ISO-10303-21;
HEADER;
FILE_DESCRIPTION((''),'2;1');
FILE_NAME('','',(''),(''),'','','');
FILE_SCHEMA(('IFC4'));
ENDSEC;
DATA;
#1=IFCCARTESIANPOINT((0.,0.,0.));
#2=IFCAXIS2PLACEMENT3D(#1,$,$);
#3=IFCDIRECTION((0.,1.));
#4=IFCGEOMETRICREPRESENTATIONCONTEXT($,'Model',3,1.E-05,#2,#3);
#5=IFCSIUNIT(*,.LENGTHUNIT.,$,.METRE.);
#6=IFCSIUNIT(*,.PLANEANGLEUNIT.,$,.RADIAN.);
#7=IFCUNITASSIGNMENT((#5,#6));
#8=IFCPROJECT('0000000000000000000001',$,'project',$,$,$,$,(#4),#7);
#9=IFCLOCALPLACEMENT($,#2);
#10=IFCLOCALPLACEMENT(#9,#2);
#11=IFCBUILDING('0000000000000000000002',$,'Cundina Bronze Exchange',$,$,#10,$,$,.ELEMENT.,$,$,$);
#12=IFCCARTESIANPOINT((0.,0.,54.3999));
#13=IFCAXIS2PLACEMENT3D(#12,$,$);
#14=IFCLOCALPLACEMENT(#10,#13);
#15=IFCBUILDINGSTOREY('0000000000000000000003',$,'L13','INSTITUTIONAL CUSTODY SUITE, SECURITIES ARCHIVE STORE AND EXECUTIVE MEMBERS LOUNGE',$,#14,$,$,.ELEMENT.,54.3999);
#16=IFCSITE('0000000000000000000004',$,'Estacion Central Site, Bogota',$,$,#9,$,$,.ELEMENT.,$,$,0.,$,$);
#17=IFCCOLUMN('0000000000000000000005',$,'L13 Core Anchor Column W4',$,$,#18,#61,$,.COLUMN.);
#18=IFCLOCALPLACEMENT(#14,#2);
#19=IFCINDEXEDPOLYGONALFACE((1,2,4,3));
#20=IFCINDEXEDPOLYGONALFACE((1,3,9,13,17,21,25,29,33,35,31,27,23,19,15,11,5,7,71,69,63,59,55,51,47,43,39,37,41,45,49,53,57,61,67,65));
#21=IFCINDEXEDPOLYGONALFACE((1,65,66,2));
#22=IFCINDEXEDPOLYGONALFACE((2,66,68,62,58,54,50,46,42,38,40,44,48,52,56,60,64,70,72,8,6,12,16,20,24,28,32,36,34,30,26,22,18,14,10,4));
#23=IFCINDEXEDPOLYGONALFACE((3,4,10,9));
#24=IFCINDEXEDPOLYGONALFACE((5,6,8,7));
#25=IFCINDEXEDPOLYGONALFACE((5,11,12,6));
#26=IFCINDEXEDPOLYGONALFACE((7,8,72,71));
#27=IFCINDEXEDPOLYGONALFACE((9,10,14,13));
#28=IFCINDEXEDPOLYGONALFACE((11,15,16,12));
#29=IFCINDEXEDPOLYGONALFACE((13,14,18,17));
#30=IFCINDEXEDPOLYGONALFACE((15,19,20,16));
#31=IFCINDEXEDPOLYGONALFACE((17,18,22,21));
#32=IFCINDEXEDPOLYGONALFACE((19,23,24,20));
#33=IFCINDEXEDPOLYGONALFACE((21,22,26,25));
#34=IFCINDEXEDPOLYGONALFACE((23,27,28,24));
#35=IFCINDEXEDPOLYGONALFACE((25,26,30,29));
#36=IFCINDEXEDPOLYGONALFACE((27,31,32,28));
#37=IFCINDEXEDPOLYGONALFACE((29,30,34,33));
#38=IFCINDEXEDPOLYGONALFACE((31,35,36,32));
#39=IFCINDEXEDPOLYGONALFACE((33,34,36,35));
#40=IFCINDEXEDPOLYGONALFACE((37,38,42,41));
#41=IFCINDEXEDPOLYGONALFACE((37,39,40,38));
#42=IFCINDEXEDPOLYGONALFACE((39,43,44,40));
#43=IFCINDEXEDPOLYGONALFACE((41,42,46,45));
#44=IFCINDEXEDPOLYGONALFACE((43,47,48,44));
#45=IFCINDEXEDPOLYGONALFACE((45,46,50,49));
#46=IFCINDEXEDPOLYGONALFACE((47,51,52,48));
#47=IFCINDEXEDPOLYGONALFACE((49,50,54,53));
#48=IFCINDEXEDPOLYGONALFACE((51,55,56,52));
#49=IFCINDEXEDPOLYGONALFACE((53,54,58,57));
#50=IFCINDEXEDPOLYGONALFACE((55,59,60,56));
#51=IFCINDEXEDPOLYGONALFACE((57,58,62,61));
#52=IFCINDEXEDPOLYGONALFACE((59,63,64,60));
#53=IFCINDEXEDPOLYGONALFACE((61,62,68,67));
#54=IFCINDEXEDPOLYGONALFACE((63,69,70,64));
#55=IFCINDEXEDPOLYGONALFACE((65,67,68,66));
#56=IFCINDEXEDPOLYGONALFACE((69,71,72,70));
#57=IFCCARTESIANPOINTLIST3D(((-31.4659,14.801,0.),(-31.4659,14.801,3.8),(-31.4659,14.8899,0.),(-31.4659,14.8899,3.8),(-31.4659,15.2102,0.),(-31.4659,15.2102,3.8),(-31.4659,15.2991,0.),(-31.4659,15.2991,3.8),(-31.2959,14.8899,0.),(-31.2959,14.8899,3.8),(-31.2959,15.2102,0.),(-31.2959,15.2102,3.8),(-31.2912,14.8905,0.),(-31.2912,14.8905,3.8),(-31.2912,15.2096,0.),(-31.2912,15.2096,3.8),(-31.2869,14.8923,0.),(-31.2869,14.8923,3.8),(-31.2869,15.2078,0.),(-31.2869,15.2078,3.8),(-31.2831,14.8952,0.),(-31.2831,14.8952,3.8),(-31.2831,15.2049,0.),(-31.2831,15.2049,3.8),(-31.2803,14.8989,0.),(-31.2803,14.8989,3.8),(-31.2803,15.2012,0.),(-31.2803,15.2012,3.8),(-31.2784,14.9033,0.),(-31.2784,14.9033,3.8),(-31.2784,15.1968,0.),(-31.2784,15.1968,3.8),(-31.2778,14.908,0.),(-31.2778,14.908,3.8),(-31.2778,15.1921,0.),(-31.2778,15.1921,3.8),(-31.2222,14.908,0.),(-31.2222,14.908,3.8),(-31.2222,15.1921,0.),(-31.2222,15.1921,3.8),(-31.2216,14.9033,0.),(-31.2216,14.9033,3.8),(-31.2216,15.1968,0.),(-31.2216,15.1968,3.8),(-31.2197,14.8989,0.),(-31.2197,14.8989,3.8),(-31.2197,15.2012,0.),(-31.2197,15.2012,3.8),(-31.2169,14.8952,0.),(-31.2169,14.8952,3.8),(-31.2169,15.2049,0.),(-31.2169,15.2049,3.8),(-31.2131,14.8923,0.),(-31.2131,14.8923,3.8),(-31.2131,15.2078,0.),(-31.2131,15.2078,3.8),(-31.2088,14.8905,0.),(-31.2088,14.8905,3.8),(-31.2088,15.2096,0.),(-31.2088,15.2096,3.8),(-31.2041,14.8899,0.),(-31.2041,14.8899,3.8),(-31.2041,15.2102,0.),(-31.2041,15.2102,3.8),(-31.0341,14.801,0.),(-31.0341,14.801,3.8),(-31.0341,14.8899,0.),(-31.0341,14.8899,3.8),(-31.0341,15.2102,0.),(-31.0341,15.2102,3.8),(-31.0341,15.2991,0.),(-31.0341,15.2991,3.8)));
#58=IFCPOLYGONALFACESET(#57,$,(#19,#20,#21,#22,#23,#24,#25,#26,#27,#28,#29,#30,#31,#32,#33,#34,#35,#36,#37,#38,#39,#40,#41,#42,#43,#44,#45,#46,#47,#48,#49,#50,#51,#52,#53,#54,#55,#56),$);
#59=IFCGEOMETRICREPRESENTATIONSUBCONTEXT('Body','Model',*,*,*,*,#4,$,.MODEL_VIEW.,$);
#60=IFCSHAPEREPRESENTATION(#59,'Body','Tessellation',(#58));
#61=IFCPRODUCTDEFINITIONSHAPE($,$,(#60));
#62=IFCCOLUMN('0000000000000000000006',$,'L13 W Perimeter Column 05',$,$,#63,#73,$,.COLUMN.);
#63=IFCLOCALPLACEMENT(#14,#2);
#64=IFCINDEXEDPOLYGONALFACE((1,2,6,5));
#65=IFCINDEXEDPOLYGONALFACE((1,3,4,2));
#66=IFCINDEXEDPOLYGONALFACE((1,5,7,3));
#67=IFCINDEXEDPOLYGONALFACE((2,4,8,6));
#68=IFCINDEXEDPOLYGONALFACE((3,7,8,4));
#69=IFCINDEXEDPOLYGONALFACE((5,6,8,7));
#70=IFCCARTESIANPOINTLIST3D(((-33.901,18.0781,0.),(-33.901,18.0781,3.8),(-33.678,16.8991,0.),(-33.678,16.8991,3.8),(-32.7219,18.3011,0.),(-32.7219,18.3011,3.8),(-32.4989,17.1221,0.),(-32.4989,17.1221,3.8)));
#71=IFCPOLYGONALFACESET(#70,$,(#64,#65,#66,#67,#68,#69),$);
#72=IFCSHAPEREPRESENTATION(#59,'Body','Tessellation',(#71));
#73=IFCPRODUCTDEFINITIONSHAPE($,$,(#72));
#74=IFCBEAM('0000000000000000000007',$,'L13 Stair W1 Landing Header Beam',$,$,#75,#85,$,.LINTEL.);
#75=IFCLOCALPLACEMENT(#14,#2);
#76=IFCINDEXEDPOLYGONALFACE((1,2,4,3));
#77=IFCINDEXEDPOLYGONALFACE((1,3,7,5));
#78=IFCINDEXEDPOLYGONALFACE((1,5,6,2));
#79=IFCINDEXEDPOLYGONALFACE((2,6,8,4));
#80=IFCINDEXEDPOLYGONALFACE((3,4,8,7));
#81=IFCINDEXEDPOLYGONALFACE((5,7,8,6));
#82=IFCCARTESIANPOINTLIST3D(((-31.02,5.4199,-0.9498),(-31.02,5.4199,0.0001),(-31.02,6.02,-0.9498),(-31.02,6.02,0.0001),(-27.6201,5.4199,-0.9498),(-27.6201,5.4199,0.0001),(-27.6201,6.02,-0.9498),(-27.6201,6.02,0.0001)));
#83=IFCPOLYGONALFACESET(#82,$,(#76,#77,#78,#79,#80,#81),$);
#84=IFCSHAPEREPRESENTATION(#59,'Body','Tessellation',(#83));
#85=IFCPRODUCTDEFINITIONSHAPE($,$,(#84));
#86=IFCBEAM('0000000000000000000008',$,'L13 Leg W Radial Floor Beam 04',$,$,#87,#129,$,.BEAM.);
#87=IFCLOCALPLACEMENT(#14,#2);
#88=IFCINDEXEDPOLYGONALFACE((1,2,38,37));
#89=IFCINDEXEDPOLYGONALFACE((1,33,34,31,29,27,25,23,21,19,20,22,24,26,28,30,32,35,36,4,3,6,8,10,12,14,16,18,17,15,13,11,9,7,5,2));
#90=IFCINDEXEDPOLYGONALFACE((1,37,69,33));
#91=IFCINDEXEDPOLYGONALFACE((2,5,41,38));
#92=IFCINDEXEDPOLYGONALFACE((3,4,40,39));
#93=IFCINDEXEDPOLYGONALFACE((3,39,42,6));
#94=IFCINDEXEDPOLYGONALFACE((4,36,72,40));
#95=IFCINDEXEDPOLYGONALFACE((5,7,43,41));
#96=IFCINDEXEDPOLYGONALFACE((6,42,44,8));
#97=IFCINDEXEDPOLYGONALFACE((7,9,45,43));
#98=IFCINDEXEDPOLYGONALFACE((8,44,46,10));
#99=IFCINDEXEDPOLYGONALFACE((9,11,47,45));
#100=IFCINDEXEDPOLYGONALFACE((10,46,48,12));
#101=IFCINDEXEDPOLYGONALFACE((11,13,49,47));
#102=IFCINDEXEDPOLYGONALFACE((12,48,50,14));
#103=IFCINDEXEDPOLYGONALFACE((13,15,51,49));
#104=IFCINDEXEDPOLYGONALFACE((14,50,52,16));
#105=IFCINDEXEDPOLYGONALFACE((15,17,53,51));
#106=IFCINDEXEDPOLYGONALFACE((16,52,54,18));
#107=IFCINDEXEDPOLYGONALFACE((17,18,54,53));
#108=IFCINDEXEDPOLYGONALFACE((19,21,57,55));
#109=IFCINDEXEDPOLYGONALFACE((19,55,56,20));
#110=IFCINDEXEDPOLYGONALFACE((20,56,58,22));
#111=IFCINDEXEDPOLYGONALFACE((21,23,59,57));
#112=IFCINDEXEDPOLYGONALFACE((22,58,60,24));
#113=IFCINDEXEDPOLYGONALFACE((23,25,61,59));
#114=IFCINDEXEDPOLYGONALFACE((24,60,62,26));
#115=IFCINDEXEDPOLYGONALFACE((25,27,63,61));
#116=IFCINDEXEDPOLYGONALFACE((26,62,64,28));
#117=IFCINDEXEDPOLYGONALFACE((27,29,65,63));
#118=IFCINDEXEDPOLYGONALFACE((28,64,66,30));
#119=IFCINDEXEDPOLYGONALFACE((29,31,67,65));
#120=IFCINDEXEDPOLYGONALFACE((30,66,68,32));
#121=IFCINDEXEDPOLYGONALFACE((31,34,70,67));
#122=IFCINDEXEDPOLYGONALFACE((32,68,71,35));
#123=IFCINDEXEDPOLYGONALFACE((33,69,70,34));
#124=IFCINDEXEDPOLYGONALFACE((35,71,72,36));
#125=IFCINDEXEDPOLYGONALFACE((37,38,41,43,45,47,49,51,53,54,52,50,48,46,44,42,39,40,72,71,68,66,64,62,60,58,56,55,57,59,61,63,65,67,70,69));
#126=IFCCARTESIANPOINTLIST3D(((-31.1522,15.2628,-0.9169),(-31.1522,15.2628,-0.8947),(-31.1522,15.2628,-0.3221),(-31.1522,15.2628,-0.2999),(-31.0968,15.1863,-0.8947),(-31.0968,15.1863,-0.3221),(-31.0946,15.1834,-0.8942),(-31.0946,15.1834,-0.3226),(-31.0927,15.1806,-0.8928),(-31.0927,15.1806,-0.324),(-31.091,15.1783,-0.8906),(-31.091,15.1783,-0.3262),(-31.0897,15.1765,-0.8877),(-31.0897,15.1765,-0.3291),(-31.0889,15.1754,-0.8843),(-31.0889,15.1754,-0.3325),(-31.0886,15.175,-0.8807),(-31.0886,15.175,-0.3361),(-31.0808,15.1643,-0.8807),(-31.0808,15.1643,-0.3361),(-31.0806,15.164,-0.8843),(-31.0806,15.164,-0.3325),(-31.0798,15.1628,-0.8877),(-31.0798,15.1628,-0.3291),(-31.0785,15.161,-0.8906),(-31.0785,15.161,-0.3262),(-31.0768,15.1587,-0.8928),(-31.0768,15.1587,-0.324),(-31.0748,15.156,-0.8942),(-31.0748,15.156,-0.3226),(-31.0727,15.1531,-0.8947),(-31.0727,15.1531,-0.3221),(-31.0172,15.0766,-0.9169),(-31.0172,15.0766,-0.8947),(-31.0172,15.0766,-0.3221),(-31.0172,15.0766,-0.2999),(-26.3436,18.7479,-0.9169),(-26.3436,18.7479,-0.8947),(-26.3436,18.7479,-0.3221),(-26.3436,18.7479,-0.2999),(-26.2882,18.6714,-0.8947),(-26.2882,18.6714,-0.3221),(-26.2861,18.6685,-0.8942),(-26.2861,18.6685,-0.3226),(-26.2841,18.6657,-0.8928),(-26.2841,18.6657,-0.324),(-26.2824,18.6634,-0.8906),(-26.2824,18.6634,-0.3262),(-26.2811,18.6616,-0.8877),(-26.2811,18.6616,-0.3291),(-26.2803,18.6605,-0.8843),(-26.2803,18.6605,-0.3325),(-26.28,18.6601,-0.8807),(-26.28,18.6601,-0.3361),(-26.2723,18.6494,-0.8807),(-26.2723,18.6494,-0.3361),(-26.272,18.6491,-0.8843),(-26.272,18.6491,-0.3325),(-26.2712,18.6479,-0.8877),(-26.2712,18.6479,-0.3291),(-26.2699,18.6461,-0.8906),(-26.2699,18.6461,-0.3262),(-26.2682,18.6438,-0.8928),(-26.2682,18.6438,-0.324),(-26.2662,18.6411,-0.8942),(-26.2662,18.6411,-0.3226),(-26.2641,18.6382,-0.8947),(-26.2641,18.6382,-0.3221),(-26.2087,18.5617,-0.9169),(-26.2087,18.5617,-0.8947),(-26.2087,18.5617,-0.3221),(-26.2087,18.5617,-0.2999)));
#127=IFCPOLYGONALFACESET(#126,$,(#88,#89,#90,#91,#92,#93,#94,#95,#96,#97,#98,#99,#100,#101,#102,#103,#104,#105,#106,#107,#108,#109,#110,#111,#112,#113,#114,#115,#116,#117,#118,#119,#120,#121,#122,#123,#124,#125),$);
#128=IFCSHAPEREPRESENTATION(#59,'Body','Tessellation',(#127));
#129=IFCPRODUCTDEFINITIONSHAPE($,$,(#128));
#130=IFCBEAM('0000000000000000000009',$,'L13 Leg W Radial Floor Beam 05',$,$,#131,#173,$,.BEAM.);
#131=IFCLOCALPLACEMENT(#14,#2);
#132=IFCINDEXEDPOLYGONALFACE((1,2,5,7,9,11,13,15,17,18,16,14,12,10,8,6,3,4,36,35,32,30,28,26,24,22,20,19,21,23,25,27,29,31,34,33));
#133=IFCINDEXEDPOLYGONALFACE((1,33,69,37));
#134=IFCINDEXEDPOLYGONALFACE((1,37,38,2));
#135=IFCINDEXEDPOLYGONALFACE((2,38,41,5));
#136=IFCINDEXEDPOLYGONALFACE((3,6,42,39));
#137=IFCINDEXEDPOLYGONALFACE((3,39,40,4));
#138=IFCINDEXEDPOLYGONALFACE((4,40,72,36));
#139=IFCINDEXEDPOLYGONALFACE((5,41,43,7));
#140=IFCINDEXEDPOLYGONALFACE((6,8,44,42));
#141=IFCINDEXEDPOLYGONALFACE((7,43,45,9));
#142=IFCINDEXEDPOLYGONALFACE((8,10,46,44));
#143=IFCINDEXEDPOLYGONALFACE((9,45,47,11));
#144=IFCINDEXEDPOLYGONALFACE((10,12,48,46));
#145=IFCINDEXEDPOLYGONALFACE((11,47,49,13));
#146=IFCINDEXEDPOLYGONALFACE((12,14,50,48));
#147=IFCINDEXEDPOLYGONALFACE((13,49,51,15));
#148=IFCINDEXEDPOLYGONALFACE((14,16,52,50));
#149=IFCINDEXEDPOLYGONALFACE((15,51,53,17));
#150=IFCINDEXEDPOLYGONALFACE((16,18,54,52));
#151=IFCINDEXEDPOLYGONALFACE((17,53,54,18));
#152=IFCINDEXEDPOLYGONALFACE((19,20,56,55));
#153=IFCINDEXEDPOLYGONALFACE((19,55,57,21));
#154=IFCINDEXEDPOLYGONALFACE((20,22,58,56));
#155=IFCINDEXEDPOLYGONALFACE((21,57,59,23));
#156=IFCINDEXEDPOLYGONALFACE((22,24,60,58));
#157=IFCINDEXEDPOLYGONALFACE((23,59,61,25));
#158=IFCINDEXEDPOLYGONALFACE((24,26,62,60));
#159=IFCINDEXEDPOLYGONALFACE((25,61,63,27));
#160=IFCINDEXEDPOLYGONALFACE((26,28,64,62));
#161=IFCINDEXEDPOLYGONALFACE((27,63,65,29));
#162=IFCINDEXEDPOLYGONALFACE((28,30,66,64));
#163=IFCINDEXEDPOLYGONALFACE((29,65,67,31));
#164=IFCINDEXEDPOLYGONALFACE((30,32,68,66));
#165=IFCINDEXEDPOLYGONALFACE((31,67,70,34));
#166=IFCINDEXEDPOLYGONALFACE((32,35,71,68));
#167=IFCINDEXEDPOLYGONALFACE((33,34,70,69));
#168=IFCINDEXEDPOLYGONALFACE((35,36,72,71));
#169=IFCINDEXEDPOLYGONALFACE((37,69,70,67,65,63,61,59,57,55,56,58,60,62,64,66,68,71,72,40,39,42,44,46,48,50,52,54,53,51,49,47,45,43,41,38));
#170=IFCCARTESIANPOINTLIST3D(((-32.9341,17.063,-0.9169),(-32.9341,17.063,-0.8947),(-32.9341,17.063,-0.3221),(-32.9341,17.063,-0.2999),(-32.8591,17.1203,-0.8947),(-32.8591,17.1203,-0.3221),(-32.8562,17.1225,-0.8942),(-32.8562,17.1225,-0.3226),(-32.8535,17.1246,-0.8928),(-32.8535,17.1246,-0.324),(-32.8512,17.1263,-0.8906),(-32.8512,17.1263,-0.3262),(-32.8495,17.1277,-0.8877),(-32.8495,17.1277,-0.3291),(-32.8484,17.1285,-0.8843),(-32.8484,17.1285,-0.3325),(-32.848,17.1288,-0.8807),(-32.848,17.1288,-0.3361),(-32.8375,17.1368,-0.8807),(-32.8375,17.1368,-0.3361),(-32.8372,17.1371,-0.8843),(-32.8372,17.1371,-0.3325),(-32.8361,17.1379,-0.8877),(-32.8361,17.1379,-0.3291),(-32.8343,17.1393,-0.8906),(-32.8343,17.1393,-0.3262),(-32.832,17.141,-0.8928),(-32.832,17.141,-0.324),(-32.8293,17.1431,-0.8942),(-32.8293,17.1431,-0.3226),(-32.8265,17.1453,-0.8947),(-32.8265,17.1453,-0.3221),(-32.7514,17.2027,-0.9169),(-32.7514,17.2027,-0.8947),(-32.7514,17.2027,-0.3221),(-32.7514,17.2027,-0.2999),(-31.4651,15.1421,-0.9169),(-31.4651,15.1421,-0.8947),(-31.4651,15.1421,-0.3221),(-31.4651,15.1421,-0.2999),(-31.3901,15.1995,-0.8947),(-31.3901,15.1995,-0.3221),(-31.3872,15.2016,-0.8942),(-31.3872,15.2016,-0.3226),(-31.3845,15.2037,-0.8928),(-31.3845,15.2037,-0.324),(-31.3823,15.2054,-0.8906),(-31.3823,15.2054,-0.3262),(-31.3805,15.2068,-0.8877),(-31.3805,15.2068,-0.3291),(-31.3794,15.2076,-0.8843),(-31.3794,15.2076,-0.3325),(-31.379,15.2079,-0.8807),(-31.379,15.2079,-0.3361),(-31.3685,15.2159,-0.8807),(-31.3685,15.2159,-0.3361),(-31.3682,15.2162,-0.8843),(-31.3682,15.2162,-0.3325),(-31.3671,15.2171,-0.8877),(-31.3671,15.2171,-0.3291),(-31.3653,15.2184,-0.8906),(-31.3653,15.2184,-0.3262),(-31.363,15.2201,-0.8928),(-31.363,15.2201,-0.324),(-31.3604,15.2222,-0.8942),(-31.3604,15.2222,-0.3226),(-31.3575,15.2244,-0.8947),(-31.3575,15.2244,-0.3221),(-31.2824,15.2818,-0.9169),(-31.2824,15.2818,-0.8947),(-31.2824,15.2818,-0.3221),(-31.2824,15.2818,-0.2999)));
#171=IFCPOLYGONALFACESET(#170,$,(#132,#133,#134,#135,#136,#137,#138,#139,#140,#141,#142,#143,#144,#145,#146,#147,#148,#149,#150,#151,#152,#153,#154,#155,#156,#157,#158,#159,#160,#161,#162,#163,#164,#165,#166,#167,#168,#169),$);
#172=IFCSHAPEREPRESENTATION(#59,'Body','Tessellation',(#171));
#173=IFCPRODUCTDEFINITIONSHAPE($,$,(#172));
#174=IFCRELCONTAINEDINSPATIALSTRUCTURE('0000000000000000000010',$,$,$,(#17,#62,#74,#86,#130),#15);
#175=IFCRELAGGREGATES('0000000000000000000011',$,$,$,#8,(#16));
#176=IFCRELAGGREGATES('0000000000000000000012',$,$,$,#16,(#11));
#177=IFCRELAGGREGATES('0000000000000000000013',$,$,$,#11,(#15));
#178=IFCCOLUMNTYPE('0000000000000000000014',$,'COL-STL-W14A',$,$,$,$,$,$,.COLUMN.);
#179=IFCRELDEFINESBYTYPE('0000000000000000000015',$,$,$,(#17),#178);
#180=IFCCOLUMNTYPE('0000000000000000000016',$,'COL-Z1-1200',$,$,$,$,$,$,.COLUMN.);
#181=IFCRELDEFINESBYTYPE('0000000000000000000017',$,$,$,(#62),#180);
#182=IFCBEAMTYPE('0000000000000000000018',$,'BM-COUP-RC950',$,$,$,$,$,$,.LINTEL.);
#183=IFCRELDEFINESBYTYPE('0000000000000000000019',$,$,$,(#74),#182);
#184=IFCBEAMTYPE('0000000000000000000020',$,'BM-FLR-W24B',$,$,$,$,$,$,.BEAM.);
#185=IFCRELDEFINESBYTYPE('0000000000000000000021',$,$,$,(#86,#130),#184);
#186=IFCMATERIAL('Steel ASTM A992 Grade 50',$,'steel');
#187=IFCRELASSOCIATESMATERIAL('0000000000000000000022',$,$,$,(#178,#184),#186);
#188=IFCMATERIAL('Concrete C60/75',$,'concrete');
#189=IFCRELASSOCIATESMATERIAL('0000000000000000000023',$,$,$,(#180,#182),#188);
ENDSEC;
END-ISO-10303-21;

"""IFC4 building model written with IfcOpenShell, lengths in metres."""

from ifc_helpers import new_model, si_unit, direction, frame, origin, origin_2d, place, context, subcontext, project, spatial, rectangle, i_section, extrude, material, material_profile, profile_set, type_object, element, save


model = new_model("IFC4")

# Units and contexts
model_context = context("Model", 3, precision=1e-05, world=origin(), true_north=direction((0.0, 1.0)))
body_context = subcontext(model_context, "Body", "Model", "MODEL_VIEW")
ifc_project = project(units=[si_unit("LENGTHUNIT", "METRE"), si_unit("PLANEANGLEUNIT", "RADIAN")], contexts=[model_context])

# Site, building, storey
site_placement = place(None, origin())
site = spatial("IfcSite", under=ifc_project, at=site_placement, Name="Estacion Central Site, Bogota", CompositionType="ELEMENT", RefElevation=0.0)
building_placement = place(site_placement, origin())
building = spatial("IfcBuilding", under=site, at=building_placement, Name="Cundina Bronze Exchange", CompositionType="ELEMENT")
storey_placement = place(building_placement, frame((0.0, 0.0, 54.3999)))
storey = spatial("IfcBuildingStorey", under=building, at=storey_placement, Name="L13", Description="INSTITUTIONAL CUSTODY SUITE, SECURITIES ARCHIVE STORE AND EXECUTIVE MEMBERS LOUNGE", CompositionType="ELEMENT", Elevation=54.3999)

# Columns
ifc_material_1 = material(Name="Steel ASTM A992 Grade 50", Category="steel")
ifc_material_profile_1 = material_profile(ifc_material_1, i_section(OverallWidth=0.4319, OverallDepth=0.498, WebThickness=0.0557, FlangeThickness=0.0889, FilletRadius=0.0181, at=origin_2d()), Name="W14X500", Category="steel")
ifc_profile_set_1 = profile_set([ifc_material_profile_1], Name="Steel ASTM A992 Grade 50")
column_type_1 = type_object("IfcColumnType", Name="COL-STL-W14A", PredefinedType="COLUMN", material=ifc_profile_set_1)
column_1_placement = place(storey_placement, frame((-31.25, 15.05, 0.0), z_axis=(0.0, 0.0, 1.0), x_axis=(1.0, 0.0, 0.0)))
element("IfcColumn", 1, at=column_1_placement, inside=storey, type_object=column_type_1, Name="L13 Core Anchor Column W4", PredefinedType="COLUMN", context=body_context, shape_type="SweptSolid", body=[
    extrude(i_section(OverallWidth=0.4319, OverallDepth=0.498, WebThickness=0.0557, FlangeThickness=0.0889, FilletRadius=0.0181, at=origin_2d()), origin(), (0.0, 0.0, 1.0), 3.8),
])
ifc_material_2 = material(Name="Concrete C60/75", Category="concrete")
ifc_material_profile_2 = material_profile(ifc_material_2, rectangle(XDim=1.2, YDim=1.2, at=origin_2d()), Name="RC1200X1200", Category="concrete")
ifc_profile_set_2 = profile_set([ifc_material_profile_2], Name="Concrete C60/75")
column_type_2 = type_object("IfcColumnType", Name="COL-Z1-1200", PredefinedType="COLUMN", material=ifc_profile_set_2)
column_2_placement = place(storey_placement, frame((-33.2, 17.6001, 0.0), z_axis=(0.0, 0.0, 1.0), x_axis=(-0.98258, -0.185838, 0.0)))
element("IfcColumn", 2, at=column_2_placement, inside=storey, type_object=column_type_2, Name="L13 W Perimeter Column 05", PredefinedType="COLUMN", context=body_context, shape_type="SweptSolid", body=[
    extrude(rectangle(XDim=1.2, YDim=1.2, at=origin_2d()), origin(), (0.0, 0.0, 1.0), 3.8),
])

# Beams
ifc_material_profile_3 = material_profile(ifc_material_2, rectangle(XDim=0.6001, YDim=0.95, at=origin_2d()), Name="RC600X950", Category="concrete")
ifc_profile_set_3 = profile_set([ifc_material_profile_3], Name="Concrete C60/75")
beam_type_1 = type_object("IfcBeamType", Name="BM-COUP-RC950", PredefinedType="LINTEL", material=ifc_profile_set_3)
beam_1_placement = place(storey_placement, frame((-31.02, 5.72, -0.4749), z_axis=(1.0, 0.0, 0.0), x_axis=(0.0, 1.0, 0.0)))
element("IfcBeam", 3, at=beam_1_placement, inside=storey, type_object=beam_type_1, Name="L13 Stair W1 Landing Header Beam", PredefinedType="LINTEL", context=body_context, shape_type="SweptSolid", body=[
    extrude(rectangle(XDim=0.6001, YDim=0.95, at=origin_2d()), origin(), (0.0, 0.0, 1.0), 3.3999),
])
ifc_material_profile_4 = material_profile(ifc_material_1, i_section(OverallWidth=0.23, OverallDepth=0.6169, WebThickness=0.0132, FlangeThickness=0.0222, FilletRadius=0.0139, at=origin_2d()), Name="W24X94", Category="steel")
ifc_profile_set_4 = profile_set([ifc_material_profile_4], Name="Steel ASTM A992 Grade 50")
beam_type_2 = type_object("IfcBeamType", Name="BM-FLR-W24B", PredefinedType="BEAM", material=ifc_profile_set_4)
beam_2_placement = place(storey_placement, frame((-31.0847, 15.1697, -0.6084), z_axis=(0.8097, 0.586844, 0.0), x_axis=(-0.586844, 0.8097, 0.0)))
element("IfcBeam", 4, at=beam_2_placement, inside=storey, type_object=beam_type_2, Name="L13 Leg W Radial Floor Beam 04", PredefinedType="BEAM", context=body_context, shape_type="SweptSolid", body=[
    extrude(i_section(OverallWidth=0.23, OverallDepth=0.6169, WebThickness=0.0132, FlangeThickness=0.0222, FilletRadius=0.0139, at=origin_2d()), origin(), (0.0, 0.0, 1.0), 5.9387),
])
beam_3_placement = place(storey_placement, frame((-31.3738, 15.2119, -0.6084), z_axis=(-0.607469, 0.794344, 0.0), x_axis=(-0.794344, -0.607469, 0.0)))
element("IfcBeam", 5, at=beam_3_placement, inside=storey, type_object=beam_type_2, Name="L13 Leg W Radial Floor Beam 05", PredefinedType="BEAM", context=body_context, shape_type="SweptSolid", body=[
    extrude(i_section(OverallWidth=0.23, OverallDepth=0.6169, WebThickness=0.0132, FlangeThickness=0.0222, FilletRadius=0.0139, at=origin_2d()), origin(), (0.0, 0.0, 1.0), 2.4182),
])

save(model, "model.ifc")
